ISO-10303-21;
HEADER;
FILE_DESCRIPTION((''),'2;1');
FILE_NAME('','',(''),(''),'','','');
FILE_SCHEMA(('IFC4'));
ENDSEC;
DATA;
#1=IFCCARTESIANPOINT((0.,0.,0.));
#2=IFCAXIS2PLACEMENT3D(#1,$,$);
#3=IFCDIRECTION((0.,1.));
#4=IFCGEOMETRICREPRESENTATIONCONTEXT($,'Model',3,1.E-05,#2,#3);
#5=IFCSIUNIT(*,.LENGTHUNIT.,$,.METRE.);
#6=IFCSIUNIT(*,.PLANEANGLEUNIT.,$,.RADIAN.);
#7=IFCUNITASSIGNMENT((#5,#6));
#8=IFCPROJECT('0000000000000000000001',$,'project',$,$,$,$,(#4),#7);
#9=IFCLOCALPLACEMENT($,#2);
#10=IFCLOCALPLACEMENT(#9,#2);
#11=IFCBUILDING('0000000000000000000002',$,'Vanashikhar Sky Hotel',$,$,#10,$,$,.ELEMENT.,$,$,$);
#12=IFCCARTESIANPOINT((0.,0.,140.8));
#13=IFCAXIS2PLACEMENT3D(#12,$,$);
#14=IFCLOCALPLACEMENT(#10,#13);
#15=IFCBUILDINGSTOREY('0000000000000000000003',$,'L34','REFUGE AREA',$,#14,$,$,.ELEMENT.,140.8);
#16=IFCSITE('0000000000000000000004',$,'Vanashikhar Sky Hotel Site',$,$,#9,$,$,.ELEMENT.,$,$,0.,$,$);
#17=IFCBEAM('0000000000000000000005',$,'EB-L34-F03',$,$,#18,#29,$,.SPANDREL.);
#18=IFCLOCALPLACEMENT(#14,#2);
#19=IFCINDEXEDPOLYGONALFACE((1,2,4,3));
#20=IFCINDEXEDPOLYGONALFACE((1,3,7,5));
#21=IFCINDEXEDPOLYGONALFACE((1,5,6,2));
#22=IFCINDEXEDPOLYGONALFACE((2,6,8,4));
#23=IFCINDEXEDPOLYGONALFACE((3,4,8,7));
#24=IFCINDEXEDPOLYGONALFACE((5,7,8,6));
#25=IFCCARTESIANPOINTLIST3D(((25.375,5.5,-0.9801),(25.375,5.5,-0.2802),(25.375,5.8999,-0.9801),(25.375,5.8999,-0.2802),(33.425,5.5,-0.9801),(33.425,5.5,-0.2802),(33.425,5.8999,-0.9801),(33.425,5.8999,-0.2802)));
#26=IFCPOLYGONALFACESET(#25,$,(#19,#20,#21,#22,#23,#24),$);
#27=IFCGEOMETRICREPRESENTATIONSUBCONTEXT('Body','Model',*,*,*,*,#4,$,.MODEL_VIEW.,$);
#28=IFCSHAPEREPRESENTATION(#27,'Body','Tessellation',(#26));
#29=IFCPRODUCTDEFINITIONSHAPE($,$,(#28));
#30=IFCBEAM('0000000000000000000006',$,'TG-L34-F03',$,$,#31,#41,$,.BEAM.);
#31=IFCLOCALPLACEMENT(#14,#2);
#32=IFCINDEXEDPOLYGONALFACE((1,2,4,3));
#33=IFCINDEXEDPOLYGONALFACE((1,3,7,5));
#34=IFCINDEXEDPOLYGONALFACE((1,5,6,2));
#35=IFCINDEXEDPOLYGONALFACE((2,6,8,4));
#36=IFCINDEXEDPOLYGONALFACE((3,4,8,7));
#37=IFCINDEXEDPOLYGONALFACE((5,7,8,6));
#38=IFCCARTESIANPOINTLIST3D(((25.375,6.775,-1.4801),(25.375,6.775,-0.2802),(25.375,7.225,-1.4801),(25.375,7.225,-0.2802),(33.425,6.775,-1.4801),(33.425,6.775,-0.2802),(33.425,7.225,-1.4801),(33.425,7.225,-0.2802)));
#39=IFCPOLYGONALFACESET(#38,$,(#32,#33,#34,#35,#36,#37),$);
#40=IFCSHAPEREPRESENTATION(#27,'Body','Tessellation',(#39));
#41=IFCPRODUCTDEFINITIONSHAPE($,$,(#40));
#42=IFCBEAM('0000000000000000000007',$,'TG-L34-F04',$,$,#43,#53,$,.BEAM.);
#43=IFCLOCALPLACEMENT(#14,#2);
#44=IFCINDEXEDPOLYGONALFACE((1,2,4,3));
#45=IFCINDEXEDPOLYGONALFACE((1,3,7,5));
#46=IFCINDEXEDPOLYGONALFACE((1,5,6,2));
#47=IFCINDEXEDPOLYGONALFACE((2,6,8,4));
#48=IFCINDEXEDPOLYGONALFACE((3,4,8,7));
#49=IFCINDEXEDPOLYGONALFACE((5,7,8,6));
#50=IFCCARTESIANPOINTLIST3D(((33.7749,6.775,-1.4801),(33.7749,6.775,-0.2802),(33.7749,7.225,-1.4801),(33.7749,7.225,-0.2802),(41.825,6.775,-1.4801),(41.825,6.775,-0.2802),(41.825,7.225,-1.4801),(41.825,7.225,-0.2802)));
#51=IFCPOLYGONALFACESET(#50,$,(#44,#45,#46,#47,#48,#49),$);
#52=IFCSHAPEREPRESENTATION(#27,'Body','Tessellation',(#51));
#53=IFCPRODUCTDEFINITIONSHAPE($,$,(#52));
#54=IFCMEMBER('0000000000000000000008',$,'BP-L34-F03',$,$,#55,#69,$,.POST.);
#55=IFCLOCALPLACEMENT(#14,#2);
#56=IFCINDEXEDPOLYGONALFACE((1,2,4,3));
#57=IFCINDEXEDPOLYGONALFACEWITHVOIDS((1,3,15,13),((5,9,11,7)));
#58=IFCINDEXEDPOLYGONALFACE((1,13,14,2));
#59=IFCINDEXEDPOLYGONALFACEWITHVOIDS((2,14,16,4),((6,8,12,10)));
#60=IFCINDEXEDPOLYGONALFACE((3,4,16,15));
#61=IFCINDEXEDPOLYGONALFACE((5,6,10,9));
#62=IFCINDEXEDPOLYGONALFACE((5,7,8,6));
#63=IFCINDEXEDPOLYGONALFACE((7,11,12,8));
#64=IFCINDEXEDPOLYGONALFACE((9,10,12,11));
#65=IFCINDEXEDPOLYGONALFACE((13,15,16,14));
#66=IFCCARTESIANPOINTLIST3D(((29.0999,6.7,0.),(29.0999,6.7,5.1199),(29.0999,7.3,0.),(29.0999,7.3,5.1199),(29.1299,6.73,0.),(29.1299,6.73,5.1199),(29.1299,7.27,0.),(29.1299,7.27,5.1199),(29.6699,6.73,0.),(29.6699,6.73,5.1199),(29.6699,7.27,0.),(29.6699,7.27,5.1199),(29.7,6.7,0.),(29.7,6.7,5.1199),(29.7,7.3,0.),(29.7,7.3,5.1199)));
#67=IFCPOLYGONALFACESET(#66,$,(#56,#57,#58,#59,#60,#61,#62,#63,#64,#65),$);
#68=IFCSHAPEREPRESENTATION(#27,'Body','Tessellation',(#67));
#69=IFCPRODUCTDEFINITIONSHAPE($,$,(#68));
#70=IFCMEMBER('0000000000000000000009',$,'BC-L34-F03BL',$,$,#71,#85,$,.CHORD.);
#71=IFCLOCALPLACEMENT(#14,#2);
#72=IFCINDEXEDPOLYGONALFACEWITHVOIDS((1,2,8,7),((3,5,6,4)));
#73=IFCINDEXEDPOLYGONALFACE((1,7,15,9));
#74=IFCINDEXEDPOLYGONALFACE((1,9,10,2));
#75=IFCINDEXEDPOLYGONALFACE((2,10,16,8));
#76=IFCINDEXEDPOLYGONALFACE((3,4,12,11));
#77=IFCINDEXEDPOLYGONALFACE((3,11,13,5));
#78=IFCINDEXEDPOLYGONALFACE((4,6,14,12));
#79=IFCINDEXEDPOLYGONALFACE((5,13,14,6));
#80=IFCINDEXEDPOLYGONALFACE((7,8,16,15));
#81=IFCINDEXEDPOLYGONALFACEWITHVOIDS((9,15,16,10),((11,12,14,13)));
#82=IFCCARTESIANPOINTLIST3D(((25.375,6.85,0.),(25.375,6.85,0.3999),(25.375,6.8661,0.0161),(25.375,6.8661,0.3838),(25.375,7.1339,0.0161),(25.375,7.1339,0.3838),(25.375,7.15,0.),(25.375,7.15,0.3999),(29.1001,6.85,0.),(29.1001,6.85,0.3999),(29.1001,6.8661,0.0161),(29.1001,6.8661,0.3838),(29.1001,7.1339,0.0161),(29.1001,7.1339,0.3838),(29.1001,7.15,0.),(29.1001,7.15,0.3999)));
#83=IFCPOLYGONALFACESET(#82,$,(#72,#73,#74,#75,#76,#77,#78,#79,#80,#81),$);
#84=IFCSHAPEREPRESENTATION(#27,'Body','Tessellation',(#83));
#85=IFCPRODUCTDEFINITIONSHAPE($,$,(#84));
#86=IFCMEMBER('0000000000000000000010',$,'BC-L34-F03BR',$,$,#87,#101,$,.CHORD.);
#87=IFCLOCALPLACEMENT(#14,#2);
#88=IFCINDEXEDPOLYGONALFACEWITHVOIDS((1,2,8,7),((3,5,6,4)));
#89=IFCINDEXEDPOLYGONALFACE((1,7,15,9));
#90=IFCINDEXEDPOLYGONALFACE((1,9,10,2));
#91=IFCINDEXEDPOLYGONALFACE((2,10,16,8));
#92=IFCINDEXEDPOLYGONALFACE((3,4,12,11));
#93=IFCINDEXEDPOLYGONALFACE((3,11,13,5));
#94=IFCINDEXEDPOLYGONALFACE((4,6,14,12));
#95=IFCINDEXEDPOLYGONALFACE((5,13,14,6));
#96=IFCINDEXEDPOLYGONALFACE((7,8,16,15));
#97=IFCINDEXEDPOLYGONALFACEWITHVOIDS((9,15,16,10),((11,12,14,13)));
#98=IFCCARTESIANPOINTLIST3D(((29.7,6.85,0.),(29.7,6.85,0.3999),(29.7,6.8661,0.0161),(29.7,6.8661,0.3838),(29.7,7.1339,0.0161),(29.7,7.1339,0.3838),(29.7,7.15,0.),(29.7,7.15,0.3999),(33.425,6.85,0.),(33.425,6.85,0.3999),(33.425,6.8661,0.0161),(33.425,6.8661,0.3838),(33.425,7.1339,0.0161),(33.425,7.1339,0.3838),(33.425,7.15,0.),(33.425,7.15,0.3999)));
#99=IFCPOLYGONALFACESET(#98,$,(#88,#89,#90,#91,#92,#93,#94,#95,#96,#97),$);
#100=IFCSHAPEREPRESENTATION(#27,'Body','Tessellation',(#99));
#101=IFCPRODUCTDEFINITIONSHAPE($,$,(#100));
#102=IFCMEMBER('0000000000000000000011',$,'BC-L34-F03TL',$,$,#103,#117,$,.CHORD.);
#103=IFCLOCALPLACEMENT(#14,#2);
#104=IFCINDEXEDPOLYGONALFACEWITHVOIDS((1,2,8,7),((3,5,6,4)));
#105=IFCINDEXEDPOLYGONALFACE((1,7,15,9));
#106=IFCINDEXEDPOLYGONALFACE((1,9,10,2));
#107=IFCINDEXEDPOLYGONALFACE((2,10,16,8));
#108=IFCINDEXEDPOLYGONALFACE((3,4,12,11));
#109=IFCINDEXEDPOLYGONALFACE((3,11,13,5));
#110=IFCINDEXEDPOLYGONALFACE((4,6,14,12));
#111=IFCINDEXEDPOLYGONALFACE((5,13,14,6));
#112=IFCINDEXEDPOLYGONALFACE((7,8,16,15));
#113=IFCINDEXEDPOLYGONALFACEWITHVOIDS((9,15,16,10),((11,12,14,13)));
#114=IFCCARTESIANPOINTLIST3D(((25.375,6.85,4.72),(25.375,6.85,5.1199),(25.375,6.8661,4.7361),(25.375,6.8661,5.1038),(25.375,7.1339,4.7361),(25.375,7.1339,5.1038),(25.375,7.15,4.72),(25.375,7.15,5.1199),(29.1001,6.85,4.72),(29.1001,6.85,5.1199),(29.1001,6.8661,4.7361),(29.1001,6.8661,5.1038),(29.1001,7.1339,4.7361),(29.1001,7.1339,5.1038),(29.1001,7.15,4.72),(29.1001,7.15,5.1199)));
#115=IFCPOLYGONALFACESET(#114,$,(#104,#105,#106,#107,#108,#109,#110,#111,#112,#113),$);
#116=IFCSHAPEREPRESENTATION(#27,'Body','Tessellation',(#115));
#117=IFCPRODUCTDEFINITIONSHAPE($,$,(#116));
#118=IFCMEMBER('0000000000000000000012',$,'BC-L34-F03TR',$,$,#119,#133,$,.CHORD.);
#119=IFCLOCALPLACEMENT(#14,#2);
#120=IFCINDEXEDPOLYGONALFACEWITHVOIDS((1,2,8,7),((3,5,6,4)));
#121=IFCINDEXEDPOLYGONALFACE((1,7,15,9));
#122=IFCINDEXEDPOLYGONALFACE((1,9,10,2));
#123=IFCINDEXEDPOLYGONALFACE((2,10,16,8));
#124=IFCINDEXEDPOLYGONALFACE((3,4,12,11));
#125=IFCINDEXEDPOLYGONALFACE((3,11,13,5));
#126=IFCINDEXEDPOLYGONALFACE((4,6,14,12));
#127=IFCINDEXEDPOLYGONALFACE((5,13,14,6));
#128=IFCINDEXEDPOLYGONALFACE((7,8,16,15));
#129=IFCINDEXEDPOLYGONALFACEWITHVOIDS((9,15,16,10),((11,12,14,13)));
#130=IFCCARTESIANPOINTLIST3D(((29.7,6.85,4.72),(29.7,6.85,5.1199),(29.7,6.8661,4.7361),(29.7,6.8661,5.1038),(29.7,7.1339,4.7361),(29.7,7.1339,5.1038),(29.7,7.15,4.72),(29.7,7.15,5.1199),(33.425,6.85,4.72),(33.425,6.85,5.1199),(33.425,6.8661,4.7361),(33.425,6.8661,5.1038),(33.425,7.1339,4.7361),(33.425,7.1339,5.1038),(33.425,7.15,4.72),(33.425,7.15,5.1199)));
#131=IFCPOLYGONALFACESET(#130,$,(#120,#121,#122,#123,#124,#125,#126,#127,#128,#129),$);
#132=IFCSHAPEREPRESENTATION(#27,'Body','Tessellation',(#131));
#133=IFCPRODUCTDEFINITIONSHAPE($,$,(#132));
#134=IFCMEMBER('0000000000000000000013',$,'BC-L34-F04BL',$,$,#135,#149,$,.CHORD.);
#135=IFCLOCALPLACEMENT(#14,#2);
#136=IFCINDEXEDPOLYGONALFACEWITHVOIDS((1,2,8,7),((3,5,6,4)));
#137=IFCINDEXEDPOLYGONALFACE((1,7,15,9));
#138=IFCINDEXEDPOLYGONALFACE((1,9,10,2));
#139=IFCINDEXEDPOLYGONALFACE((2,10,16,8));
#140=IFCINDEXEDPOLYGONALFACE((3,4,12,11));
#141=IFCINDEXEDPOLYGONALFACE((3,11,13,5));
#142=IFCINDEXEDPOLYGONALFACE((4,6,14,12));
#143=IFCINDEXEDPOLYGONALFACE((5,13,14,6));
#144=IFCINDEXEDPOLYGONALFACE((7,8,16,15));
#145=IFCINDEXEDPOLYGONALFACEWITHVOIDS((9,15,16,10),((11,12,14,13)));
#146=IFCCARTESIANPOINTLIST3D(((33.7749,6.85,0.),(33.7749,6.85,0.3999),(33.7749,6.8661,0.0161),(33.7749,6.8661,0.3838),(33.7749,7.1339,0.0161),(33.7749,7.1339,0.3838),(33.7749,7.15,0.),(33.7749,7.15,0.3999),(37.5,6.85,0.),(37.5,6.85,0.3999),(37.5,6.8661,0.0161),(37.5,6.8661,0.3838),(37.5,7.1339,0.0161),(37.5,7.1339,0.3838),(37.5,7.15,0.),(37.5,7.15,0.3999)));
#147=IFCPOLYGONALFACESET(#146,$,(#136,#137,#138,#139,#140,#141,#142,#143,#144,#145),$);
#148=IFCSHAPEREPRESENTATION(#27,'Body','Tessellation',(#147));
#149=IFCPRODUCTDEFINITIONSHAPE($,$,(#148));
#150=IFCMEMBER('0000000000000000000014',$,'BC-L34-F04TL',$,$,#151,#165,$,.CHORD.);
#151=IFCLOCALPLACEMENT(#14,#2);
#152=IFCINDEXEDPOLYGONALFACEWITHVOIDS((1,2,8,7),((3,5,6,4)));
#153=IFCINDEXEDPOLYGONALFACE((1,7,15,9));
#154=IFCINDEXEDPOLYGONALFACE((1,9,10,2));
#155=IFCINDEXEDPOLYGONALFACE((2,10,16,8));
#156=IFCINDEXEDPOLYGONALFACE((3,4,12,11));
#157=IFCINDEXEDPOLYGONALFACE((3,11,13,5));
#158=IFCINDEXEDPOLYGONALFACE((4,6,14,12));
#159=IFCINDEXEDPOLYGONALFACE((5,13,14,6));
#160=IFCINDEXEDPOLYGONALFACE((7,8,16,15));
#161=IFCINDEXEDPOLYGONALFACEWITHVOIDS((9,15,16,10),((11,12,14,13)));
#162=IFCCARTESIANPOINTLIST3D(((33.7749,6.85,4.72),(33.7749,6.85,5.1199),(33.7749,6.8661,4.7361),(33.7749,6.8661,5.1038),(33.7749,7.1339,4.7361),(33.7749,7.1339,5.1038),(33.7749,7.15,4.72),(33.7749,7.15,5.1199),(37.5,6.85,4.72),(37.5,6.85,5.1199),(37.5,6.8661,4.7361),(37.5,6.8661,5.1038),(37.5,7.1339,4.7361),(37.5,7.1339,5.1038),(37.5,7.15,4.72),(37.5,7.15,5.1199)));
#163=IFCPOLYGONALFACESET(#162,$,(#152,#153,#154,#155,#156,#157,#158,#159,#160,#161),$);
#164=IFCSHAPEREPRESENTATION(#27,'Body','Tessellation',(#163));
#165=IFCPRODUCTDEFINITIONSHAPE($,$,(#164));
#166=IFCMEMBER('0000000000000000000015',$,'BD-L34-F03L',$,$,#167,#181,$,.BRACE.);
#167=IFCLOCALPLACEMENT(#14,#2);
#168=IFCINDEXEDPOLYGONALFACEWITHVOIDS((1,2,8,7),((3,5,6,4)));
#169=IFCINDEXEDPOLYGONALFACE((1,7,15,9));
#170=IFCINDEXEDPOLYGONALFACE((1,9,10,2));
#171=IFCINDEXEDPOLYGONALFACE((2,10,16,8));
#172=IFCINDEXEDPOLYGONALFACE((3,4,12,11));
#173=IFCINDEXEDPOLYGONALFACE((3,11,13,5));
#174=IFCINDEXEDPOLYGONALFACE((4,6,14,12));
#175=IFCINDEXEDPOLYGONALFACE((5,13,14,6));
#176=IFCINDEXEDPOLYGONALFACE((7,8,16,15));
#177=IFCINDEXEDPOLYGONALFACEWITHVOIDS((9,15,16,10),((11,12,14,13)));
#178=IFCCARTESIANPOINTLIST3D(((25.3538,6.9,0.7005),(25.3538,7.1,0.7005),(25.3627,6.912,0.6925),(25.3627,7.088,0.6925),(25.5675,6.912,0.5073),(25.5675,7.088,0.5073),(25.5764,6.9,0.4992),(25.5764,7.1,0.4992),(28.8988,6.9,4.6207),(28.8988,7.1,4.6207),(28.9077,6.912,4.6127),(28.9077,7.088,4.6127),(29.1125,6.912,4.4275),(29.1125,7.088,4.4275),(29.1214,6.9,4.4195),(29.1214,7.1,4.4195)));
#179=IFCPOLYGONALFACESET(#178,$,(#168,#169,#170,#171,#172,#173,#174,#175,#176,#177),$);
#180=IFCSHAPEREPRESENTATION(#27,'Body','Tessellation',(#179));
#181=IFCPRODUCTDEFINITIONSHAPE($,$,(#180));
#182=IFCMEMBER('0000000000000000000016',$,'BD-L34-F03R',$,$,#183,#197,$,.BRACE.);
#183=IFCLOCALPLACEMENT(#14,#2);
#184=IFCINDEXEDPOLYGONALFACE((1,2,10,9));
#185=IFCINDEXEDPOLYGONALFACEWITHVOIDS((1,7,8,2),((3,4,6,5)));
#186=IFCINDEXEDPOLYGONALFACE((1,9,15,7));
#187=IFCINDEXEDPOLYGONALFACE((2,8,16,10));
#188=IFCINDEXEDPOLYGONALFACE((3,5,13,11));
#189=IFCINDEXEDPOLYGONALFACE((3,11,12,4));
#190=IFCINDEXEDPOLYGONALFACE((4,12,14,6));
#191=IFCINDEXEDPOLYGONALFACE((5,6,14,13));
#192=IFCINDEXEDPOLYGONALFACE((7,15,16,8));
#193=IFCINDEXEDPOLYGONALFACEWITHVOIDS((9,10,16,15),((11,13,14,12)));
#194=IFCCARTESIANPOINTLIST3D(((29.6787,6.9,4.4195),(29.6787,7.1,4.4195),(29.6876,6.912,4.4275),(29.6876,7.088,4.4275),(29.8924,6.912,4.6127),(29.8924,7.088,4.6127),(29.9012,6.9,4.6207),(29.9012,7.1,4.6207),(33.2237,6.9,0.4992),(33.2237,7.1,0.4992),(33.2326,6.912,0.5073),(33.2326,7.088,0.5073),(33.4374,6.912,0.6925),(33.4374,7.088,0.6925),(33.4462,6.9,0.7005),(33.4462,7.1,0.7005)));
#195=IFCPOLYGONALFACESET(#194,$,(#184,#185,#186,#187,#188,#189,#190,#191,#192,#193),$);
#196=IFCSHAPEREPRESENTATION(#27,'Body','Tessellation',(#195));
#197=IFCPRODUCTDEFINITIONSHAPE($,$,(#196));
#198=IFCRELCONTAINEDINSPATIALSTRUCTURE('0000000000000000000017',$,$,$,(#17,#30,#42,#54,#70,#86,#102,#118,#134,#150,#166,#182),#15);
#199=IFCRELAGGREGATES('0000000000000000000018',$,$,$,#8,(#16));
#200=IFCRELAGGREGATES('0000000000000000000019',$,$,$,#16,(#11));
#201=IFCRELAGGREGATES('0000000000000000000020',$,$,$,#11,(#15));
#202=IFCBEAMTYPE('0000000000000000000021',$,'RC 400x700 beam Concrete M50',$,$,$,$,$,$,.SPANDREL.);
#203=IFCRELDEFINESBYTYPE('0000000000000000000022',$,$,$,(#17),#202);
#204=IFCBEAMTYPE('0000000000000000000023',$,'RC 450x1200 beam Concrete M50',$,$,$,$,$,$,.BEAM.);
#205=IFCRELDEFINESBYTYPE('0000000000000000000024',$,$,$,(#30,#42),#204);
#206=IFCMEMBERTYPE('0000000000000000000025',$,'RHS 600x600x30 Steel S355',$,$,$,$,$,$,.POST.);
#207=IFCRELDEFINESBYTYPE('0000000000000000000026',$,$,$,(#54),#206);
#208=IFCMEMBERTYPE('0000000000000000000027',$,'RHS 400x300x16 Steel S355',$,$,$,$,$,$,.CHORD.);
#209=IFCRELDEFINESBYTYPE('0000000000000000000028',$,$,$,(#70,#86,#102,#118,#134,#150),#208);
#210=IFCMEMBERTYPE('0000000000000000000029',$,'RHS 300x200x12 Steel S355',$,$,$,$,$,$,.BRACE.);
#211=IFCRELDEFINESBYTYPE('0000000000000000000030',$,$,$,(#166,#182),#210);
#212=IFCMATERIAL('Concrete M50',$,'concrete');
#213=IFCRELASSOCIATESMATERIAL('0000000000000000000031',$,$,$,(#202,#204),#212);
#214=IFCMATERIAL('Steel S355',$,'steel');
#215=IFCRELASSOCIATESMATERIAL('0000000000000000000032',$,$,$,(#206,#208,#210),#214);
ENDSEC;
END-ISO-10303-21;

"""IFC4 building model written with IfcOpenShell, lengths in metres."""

from ifc_helpers import new_model, si_unit, direction, frame, origin, origin_2d, place, context, subcontext, project, spatial, rectangle, hollow_rectangle, extrude, source, transform, mapped, material, material_profile, profile_set, type_object, element, save


model = new_model("IFC4")

# Units and contexts
model_context = context("Model", 3, precision=1e-05, world=origin(), true_north=direction((0.0, 1.0)))
body_context = subcontext(model_context, "Body", "Model", "MODEL_VIEW")
ifc_project = project(units=[si_unit("LENGTHUNIT", "METRE"), si_unit("PLANEANGLEUNIT", "RADIAN")], contexts=[model_context])

# Site, building, storey
site_placement = place(None, origin())
site = spatial("IfcSite", under=ifc_project, at=site_placement, Name="Vanashikhar Sky Hotel Site", CompositionType="ELEMENT", RefElevation=0.0)
building_placement = place(site_placement, origin())
building = spatial("IfcBuilding", under=site, at=building_placement, Name="Vanashikhar Sky Hotel", CompositionType="ELEMENT")
storey_placement = place(building_placement, frame((0.0, 0.0, 140.8)))
storey = spatial("IfcBuildingStorey", under=building, at=storey_placement, Name="L34", Description="REFUGE AREA", CompositionType="ELEMENT", Elevation=140.8)

# Beams
ifc_material_1 = material(Name="Concrete M50", Category="concrete")
ifc_material_profile_1 = material_profile(ifc_material_1, rectangle(XDim=0.3999, YDim=0.7, at=origin_2d()))
ifc_profile_set_1 = profile_set([ifc_material_profile_1], Name="RC 400x700 beam Concrete M50")
beam_type_1 = type_object("IfcBeamType", Name="RC 400x700 beam Concrete M50", PredefinedType="SPANDREL", material=ifc_profile_set_1)
shared_shape_1 = source(origin(), body_context, "Body", "SweptSolid", [
    extrude(rectangle(XDim=0.3999, YDim=0.7, at=origin_2d()), origin(), (0.0, 0.0, 1.0), 8.05),
])
beam_placement = place(storey_placement, frame((25.375, 5.7, -0.6301), z_axis=(1.0, 0.0, 0.0), x_axis=(0.0, 1.0, 0.0)))
element("IfcBeam", 1, at=beam_placement, inside=storey, type_object=beam_type_1, Name="EB-L34-F03", PredefinedType="SPANDREL", context=body_context, shape_type="MappedRepresentation", body=[
    mapped(shared_shape_1, transform((0.0, 0.0, 0.0), scale=1.0)),
])
ifc_material_profile_2 = material_profile(ifc_material_1, rectangle(XDim=0.45, YDim=1.2, at=origin_2d()))
ifc_profile_set_2 = profile_set([ifc_material_profile_2], Name="RC 450x1200 beam Concrete M50")
beam_type_2 = type_object("IfcBeamType", Name="RC 450x1200 beam Concrete M50", PredefinedType="BEAM", material=ifc_profile_set_2)
shared_shape_2 = source(origin(), body_context, "Body", "SweptSolid", [
    extrude(rectangle(XDim=0.45, YDim=1.2, at=origin_2d()), origin(), (0.0, 0.0, 1.0), 8.05),
])
for number, where, z_axis, x_axis, name in (
    (2, (25.375, 7.0, -0.8801), (1.0, 0.0, 0.0), (0.0, 1.0, 0.0), "TG-L34-F03"),
    (3, (33.7749, 7.0, -0.8801), (1.0, 0.0, 0.0), (0.0, 1.0, 0.0), "TG-L34-F04"),
):
    element("IfcBeam", number, at=place(storey_placement, frame(where, z_axis=z_axis, x_axis=x_axis)), inside=storey, type_object=beam_type_2, Name=name, PredefinedType="BEAM", context=body_context, shape_type="MappedRepresentation", body=[
        mapped(shared_shape_2, transform((0.0, 0.0, 0.0), scale=1.0)),
    ])

# Members
ifc_material_2 = material(Name="Steel S355", Category="steel")
ifc_material_profile_3 = material_profile(ifc_material_2, hollow_rectangle(XDim=0.6001, YDim=0.6001, WallThickness=0.03, at=origin_2d()))
ifc_profile_set_3 = profile_set([ifc_material_profile_3], Name="RHS 600x600x30 Steel S355")
member_type_1 = type_object("IfcMemberType", Name="RHS 600x600x30 Steel S355", PredefinedType="POST", material=ifc_profile_set_3)
shared_shape_3 = source(origin(), body_context, "Body", "SweptSolid", [
    extrude(hollow_rectangle(XDim=0.6001, YDim=0.6001, WallThickness=0.03, at=origin_2d()), origin(), (0.0, 0.0, 1.0), 5.1199),
])
member_1_placement = place(storey_placement, frame((29.3999, 7.0, 0.0), z_axis=(0.0, 0.0, 1.0), x_axis=(1.0, 0.0, 0.0)))
element("IfcMember", 4, at=member_1_placement, inside=storey, type_object=member_type_1, Name="BP-L34-F03", PredefinedType="POST", context=body_context, shape_type="MappedRepresentation", body=[
    mapped(shared_shape_3, transform((0.0, 0.0, 0.0), scale=1.0)),
])
ifc_material_profile_4 = material_profile(ifc_material_2, hollow_rectangle(XDim=0.3, YDim=0.3999, WallThickness=0.0161, at=origin_2d()))
ifc_profile_set_4 = profile_set([ifc_material_profile_4], Name="RHS 400x300x16 Steel S355")
member_type_2 = type_object("IfcMemberType", Name="RHS 400x300x16 Steel S355", PredefinedType="CHORD", material=ifc_profile_set_4)
shared_shape_4 = source(origin(), body_context, "Body", "SweptSolid", [
    extrude(hollow_rectangle(XDim=0.3, YDim=0.3999, WallThickness=0.0161, at=origin_2d()), origin(), (0.0, 0.0, 1.0), 3.7251),
])
for number, where, z_axis, x_axis, name in (
    (5, (25.375, 7.0, 0.2), (1.0, 0.0, 0.0), (0.0, 1.0, 0.0), "BC-L34-F03BL"),
    (6, (29.7, 7.0, 0.2), (1.0, 0.0, 0.0), (0.0, 1.0, 0.0), "BC-L34-F03BR"),
    (7, (25.375, 7.0, 4.9199), (1.0, 0.0, 0.0), (0.0, 1.0, 0.0), "BC-L34-F03TL"),
    (8, (29.7, 7.0, 4.9199), (1.0, 0.0, 0.0), (0.0, 1.0, 0.0), "BC-L34-F03TR"),
    (9, (33.7749, 7.0, 0.2), (1.0, 0.0, 0.0), (0.0, 1.0, 0.0), "BC-L34-F04BL"),
    (10, (33.7749, 7.0, 4.9199), (1.0, 0.0, 0.0), (0.0, 1.0, 0.0), "BC-L34-F04TL"),
):
    element("IfcMember", number, at=place(storey_placement, frame(where, z_axis=z_axis, x_axis=x_axis)), inside=storey, type_object=member_type_2, Name=name, PredefinedType="CHORD", context=body_context, shape_type="MappedRepresentation", body=[
        mapped(shared_shape_4, transform((0.0, 0.0, 0.0), scale=1.0)),
    ])
ifc_material_profile_5 = material_profile(ifc_material_2, hollow_rectangle(XDim=0.2, YDim=0.3, WallThickness=0.012, at=origin_2d()))
ifc_profile_set_5 = profile_set([ifc_material_profile_5], Name="RHS 300x200x12 Steel S355")
member_type_3 = type_object("IfcMemberType", Name="RHS 300x200x12 Steel S355", PredefinedType="BRACE", material=ifc_profile_set_5)
shared_shape_5 = source(origin(), body_context, "Body", "SweptSolid", [
    extrude(hollow_rectangle(XDim=0.2, YDim=0.3, WallThickness=0.012, at=origin_2d()), origin(), (0.0, 0.0, 1.0), 5.2854),
])
for number, where, z_axis, x_axis, name in (
    (11, (25.4651, 7.0, 0.5999), (0.670716, 0.0, 0.741714), (0.0, 1.0, 0.0), "BD-L34-F03L"),
    (12, (33.335, 7.0, 0.5999), (-0.670716, 0.0, 0.741714), (0.0, -1.0, 0.0), "BD-L34-F03R"),
):
    element("IfcMember", number, at=place(storey_placement, frame(where, z_axis=z_axis, x_axis=x_axis)), inside=storey, type_object=member_type_3, Name=name, PredefinedType="BRACE", context=body_context, shape_type="MappedRepresentation", body=[
        mapped(shared_shape_5, transform((0.0, 0.0, 0.0), scale=1.0)),
    ])

save(model, "model.ifc")
